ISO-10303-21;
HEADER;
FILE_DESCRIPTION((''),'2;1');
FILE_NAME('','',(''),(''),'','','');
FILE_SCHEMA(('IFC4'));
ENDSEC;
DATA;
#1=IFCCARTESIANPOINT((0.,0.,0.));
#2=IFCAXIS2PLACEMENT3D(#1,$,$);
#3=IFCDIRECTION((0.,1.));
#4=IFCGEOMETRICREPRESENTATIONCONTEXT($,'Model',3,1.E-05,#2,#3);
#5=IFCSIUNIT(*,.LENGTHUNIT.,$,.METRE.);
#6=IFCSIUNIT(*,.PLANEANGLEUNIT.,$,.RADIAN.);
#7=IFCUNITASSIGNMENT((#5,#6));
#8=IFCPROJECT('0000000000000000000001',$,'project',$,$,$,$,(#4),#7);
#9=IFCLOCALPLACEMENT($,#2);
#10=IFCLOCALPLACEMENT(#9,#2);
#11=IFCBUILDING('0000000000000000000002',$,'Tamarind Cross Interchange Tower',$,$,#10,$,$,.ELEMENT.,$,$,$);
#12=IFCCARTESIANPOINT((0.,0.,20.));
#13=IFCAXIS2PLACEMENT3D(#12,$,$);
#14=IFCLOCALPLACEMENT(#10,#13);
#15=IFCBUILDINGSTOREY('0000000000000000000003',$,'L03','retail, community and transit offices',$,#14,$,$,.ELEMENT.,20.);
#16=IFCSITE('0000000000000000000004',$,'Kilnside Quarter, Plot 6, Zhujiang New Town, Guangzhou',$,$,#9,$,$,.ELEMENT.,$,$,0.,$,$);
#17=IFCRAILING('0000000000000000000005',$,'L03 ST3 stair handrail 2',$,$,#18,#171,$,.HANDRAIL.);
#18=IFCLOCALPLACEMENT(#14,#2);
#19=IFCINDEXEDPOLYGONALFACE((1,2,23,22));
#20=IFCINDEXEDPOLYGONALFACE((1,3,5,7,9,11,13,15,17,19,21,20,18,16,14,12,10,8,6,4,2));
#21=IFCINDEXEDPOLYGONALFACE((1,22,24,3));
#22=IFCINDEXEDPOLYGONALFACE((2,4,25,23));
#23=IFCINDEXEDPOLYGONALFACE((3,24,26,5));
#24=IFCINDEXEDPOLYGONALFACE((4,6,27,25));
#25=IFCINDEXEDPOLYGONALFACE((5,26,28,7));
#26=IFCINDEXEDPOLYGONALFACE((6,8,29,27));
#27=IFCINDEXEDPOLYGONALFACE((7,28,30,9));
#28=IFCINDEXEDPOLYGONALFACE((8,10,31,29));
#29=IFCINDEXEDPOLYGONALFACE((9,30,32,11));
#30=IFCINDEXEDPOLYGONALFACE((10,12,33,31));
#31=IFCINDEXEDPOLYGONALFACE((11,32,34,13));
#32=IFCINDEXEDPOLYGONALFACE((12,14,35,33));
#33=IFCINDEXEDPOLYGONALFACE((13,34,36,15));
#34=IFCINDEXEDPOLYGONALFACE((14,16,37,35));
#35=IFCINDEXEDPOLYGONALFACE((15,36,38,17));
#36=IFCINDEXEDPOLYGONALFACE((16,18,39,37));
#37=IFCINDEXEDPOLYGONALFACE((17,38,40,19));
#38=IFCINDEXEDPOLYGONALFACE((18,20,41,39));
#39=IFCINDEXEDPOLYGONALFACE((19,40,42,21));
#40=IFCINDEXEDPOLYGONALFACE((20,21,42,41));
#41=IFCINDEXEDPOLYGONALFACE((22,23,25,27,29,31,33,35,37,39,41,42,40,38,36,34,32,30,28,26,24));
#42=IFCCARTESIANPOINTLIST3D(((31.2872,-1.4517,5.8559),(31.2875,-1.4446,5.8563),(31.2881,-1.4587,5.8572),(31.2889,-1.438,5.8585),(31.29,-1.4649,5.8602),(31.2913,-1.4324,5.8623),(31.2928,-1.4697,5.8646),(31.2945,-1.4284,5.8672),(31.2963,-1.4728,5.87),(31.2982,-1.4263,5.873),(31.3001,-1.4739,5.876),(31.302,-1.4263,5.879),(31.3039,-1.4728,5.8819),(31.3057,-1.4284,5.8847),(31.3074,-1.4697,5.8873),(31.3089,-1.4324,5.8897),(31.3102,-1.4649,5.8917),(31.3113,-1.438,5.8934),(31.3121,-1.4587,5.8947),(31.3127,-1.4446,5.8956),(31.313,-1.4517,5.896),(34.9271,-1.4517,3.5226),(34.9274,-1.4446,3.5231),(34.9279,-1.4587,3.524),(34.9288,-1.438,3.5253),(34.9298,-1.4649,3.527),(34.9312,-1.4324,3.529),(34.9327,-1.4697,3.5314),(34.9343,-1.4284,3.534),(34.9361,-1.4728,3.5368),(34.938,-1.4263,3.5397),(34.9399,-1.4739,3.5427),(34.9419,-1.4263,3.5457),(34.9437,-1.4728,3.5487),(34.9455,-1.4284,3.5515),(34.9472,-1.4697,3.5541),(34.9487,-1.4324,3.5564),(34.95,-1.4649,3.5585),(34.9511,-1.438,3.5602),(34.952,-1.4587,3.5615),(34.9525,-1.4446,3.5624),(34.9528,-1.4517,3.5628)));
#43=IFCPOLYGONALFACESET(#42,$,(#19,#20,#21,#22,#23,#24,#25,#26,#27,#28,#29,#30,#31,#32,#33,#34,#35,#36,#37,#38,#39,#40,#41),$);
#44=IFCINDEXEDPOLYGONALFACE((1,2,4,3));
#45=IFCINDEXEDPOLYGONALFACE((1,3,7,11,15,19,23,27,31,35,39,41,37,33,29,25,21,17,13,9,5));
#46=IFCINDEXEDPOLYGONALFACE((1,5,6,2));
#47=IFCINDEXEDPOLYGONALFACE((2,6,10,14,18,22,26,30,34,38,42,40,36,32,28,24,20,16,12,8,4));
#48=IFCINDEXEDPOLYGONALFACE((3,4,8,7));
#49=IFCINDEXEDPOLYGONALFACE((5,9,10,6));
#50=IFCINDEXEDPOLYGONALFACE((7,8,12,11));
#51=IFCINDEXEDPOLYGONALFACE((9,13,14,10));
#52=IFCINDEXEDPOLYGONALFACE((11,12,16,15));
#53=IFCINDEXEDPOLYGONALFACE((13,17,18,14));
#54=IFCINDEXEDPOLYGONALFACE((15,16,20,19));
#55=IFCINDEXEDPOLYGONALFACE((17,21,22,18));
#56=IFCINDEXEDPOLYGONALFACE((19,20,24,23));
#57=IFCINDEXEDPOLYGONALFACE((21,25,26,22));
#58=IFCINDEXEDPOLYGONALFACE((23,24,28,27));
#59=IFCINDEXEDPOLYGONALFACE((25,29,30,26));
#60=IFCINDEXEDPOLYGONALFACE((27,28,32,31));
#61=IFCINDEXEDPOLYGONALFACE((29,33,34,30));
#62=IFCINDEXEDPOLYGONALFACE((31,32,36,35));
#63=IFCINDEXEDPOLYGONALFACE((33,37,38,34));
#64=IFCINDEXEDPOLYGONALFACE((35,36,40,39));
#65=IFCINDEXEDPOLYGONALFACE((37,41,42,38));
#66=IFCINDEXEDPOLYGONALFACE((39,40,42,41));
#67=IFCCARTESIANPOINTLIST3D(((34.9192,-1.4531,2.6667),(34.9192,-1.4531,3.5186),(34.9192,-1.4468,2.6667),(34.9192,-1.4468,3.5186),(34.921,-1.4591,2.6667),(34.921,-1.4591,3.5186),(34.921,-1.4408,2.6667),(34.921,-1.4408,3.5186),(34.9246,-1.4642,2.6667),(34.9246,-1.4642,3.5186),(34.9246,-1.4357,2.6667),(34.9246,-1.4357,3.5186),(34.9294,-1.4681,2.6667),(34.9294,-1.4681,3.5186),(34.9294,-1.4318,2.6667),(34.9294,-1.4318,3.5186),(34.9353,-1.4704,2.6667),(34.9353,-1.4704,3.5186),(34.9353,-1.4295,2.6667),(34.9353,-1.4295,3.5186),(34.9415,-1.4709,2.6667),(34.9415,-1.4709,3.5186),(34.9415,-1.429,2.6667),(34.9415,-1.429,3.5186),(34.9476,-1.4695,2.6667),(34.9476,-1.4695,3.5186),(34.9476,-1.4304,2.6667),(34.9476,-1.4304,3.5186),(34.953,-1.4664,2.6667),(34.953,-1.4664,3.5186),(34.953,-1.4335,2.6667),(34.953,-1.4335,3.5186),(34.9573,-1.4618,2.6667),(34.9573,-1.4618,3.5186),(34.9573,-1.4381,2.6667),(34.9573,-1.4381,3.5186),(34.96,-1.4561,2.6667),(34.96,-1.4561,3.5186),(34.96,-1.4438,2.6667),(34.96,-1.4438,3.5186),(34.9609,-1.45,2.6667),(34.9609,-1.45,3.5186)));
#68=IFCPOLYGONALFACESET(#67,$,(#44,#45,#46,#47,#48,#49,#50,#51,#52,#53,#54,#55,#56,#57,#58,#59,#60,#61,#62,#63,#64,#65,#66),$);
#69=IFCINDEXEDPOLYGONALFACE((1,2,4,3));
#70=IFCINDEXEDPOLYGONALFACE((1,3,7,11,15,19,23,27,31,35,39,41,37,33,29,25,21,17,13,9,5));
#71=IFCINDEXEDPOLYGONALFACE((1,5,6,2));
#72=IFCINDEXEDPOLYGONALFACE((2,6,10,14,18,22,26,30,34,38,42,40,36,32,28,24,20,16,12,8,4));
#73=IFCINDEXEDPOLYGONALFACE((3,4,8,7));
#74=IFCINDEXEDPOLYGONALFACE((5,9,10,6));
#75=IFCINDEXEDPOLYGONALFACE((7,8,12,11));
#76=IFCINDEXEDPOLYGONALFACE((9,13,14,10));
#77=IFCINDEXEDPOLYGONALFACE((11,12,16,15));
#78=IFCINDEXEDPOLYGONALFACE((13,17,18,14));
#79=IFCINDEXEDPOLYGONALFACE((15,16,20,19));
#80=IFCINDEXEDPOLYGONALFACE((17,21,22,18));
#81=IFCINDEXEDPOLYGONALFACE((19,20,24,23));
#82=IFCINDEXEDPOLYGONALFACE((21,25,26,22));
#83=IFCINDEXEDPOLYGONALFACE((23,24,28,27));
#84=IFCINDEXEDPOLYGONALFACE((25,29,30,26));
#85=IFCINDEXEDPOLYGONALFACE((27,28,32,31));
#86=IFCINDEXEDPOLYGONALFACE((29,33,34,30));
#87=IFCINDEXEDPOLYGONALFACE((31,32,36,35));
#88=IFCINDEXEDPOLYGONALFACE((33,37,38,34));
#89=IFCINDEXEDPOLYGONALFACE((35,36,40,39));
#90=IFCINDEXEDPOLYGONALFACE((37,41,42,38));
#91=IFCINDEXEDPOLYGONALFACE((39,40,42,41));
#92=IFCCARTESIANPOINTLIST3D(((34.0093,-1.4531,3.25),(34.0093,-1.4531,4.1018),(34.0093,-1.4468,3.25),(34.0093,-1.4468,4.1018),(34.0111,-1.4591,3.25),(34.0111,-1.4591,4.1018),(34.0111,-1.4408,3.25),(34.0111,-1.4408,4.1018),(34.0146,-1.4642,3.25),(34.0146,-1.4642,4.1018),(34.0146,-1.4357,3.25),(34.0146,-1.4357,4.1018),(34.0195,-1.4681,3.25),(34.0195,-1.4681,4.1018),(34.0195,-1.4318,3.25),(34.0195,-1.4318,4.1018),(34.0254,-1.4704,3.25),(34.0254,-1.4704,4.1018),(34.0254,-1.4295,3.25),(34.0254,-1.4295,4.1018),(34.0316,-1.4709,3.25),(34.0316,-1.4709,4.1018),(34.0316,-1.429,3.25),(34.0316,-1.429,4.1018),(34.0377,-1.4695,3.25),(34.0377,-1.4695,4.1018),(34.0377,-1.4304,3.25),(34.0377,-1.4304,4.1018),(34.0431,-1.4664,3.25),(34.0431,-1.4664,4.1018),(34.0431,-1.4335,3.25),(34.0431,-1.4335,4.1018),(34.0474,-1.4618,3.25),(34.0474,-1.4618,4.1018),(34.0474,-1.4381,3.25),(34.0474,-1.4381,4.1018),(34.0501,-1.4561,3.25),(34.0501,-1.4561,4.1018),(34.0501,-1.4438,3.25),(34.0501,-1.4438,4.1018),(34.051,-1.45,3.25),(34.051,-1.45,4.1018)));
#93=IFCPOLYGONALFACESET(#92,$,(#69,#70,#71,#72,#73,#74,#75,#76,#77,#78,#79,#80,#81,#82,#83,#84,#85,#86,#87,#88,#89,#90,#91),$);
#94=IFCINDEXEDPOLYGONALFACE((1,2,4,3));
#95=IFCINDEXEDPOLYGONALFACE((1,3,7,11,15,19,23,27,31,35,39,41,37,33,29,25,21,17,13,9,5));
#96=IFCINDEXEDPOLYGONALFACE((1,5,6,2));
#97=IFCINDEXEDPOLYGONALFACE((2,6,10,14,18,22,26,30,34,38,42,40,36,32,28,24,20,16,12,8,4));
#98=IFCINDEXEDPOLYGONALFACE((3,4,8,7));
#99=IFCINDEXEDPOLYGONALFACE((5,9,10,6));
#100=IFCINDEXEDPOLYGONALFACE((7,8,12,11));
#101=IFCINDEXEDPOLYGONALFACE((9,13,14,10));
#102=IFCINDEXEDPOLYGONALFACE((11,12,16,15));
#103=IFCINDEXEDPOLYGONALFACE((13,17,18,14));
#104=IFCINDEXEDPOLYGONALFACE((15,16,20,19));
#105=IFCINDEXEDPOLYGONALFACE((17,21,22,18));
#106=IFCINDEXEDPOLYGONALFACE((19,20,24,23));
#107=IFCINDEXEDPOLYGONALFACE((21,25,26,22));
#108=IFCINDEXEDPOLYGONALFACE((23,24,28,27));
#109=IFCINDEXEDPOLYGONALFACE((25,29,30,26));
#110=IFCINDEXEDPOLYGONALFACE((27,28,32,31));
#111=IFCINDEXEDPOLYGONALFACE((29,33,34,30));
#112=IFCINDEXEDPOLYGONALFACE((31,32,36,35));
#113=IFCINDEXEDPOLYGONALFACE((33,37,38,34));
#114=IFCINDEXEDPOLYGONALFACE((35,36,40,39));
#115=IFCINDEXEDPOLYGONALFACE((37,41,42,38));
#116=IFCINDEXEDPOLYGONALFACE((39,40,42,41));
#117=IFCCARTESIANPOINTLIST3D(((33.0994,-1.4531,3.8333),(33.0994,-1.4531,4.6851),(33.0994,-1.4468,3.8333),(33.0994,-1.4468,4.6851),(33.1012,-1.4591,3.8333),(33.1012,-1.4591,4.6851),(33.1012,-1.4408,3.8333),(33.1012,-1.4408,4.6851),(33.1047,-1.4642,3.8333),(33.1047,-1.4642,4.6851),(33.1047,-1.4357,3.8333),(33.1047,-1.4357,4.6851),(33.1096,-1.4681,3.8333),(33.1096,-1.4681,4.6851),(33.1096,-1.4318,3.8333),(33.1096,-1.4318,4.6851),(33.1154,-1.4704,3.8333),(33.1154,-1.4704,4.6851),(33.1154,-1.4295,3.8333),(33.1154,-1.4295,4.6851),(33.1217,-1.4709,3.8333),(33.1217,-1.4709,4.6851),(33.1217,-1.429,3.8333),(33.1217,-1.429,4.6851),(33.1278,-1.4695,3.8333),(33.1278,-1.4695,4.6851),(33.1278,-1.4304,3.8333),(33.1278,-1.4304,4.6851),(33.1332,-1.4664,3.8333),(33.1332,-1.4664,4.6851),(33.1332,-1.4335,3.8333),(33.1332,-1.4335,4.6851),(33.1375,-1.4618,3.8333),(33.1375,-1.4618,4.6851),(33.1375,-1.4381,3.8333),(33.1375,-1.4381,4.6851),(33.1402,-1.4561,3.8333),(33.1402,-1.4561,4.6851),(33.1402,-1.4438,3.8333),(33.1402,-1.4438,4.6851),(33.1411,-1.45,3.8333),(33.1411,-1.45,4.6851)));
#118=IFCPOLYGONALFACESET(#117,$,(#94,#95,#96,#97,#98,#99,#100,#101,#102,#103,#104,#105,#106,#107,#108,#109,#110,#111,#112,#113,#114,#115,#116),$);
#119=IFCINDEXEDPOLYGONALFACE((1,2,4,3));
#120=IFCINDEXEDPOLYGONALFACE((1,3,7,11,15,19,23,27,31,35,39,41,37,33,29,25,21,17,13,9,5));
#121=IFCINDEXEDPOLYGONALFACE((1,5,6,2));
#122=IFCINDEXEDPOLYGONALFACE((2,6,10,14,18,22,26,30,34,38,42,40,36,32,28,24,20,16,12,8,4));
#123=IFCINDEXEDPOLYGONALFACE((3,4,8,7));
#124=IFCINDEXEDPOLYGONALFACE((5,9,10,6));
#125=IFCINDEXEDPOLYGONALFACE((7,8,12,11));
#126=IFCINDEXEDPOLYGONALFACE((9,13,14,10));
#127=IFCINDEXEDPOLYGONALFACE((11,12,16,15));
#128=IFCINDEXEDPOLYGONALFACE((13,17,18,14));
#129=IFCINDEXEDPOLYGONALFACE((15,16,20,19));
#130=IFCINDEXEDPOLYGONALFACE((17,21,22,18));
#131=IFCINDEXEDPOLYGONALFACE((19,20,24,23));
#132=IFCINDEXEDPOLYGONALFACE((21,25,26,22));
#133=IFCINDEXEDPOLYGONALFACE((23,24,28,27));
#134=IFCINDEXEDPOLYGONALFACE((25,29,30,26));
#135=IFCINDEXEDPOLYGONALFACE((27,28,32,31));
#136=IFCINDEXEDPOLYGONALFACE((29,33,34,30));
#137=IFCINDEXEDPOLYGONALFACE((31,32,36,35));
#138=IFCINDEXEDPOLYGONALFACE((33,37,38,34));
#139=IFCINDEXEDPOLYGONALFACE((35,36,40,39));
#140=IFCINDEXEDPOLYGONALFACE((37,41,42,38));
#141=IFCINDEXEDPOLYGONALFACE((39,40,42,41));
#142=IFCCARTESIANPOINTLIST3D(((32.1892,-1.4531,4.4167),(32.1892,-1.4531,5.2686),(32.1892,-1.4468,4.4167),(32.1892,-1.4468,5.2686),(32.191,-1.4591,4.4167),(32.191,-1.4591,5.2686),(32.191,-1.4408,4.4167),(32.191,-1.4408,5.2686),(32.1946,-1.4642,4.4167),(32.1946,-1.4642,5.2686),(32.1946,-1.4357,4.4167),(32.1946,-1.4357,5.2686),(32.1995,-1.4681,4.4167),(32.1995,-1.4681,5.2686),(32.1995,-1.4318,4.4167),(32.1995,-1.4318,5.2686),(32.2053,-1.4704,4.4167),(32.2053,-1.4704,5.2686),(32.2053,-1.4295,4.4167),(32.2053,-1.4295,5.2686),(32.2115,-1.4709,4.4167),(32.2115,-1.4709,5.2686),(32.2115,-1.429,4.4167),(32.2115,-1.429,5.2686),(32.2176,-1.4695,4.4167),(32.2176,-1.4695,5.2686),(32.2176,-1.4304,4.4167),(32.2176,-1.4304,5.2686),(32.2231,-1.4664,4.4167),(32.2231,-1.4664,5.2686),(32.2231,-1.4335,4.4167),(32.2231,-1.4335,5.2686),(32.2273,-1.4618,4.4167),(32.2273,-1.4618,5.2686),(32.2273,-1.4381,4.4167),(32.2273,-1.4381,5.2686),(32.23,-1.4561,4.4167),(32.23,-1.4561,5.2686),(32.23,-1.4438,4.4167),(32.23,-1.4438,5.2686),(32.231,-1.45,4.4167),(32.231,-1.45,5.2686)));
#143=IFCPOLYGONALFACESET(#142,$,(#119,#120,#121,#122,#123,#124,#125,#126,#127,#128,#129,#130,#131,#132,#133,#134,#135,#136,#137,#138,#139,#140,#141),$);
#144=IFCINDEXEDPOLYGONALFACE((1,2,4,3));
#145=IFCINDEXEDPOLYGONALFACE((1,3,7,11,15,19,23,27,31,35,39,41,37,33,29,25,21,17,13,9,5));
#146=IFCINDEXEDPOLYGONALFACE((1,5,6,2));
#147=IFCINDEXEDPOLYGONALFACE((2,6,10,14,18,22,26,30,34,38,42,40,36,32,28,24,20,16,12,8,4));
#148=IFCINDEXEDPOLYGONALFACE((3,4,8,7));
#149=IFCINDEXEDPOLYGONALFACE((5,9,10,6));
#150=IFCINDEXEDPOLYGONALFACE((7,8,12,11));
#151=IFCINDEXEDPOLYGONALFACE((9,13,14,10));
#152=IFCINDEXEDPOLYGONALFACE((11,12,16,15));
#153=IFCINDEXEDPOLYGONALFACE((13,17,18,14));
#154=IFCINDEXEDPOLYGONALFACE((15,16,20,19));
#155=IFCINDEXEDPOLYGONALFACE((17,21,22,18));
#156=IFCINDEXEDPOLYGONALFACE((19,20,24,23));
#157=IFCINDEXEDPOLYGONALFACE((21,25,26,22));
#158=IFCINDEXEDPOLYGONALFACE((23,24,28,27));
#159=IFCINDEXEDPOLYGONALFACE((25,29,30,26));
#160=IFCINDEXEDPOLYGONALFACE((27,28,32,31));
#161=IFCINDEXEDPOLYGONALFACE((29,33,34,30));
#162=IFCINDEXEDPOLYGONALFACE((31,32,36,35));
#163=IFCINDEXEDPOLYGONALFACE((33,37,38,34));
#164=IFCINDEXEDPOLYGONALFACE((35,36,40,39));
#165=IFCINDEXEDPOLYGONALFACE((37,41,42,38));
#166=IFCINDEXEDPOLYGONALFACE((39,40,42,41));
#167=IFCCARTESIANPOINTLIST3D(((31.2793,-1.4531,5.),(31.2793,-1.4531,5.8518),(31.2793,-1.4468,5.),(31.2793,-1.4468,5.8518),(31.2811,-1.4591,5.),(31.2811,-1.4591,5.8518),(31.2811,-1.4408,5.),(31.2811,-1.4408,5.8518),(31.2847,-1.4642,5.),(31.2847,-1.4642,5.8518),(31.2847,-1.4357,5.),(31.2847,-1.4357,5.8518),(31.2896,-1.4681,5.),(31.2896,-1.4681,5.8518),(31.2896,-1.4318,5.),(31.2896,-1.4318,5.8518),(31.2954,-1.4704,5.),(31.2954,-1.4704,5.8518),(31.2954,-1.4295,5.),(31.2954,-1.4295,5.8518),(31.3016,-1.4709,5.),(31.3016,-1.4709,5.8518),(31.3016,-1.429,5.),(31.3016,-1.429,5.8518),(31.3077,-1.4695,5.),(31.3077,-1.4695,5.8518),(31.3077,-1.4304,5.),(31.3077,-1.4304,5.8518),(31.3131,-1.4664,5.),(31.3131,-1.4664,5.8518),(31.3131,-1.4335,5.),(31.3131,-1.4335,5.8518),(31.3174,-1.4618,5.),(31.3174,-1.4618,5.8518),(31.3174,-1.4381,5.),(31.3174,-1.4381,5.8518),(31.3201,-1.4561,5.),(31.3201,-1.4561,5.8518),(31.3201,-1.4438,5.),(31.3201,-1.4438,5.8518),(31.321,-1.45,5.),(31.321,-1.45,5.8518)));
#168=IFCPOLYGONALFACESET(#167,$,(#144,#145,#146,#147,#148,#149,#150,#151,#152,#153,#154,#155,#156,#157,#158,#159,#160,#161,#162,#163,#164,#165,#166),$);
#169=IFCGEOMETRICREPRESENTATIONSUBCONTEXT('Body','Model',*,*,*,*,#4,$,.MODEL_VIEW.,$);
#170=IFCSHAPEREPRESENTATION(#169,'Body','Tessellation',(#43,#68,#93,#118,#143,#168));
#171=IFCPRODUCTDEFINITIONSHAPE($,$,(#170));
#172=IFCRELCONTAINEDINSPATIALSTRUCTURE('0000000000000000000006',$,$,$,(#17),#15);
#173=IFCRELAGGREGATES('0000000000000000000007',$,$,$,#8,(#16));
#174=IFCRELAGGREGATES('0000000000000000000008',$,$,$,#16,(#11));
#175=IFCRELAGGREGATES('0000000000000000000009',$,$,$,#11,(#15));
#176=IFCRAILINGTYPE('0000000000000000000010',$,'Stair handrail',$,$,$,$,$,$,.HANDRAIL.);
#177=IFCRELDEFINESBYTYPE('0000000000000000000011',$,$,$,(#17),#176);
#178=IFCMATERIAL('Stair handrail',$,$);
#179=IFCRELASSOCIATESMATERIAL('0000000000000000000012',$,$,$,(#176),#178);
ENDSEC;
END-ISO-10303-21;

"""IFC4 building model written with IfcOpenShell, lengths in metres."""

from ifc_helpers import new_model, si_unit, direction, frame, origin, origin_2d, place, context, subcontext, project, spatial, circle, extrude, material, type_object, element, save


model = new_model("IFC4")

# Units and contexts
model_context = context("Model", 3, precision=1e-05, world=origin(), true_north=direction((0.0, 1.0)))
body_context = subcontext(model_context, "Body", "Model", "MODEL_VIEW")
ifc_project = project(units=[si_unit("LENGTHUNIT", "METRE"), si_unit("PLANEANGLEUNIT", "RADIAN")], contexts=[model_context])

# Site, building, storey
site_placement = place(None, origin())
site = spatial("IfcSite", under=ifc_project, at=site_placement, Name="Kilnside Quarter, Plot 6, Zhujiang New Town, Guangzhou", CompositionType="ELEMENT", RefElevation=0.0)
building_placement = place(site_placement, origin())
building = spatial("IfcBuilding", under=site, at=building_placement, Name="Tamarind Cross Interchange Tower", CompositionType="ELEMENT")
storey_placement = place(building_placement, frame((0.0, 0.0, 20.0)))
storey = spatial("IfcBuildingStorey", under=building, at=storey_placement, Name="L03", Description="retail, community and transit offices", CompositionType="ELEMENT", Elevation=20.0)

# Railing
ifc_material_1 = material(Name="Stair handrail")
railing_type_1 = type_object("IfcRailingType", Name="Stair handrail", PredefinedType="HANDRAIL", material=ifc_material_1)
railing_1_placement = place(storey_placement, frame((34.9399, -1.45, 2.6667)))
element("IfcRailing", 1, at=railing_1_placement, inside=storey, type_object=railing_type_1, Name="L03 ST3 stair handrail 2", PredefinedType="HANDRAIL", context=body_context, shape_type="SweptSolid", body=[
    extrude(circle(Radius=0.0239, at=origin_2d()), frame((0.0, 0.0, 0.876), z_axis=(-0.84188, 0.0, 0.539664), x_axis=(0.0, -1.0, 0.0)), (0.0, 0.0, 1.0), 4.3235),
    extrude(circle(Radius=0.021, at=origin_2d()), origin(), (0.0, 0.0, 1.0), 0.8518),
    extrude(circle(Radius=0.021, at=origin_2d()), frame((-0.9099, 0.0, 0.5833)), (0.0, 0.0, 1.0), 0.8518),
    extrude(circle(Radius=0.021, at=origin_2d()), frame((-1.8198, 0.0, 1.1665)), (0.0, 0.0, 1.0), 0.8518),
    extrude(circle(Radius=0.021, at=origin_2d()), frame((-2.73, 0.0, 1.75)), (0.0, 0.0, 1.0), 0.8518),
    extrude(circle(Radius=0.021, at=origin_2d()), frame((-3.6399, 0.0, 2.3333)), (0.0, 0.0, 1.0), 0.8518),
])

save(model, "model.ifc")
